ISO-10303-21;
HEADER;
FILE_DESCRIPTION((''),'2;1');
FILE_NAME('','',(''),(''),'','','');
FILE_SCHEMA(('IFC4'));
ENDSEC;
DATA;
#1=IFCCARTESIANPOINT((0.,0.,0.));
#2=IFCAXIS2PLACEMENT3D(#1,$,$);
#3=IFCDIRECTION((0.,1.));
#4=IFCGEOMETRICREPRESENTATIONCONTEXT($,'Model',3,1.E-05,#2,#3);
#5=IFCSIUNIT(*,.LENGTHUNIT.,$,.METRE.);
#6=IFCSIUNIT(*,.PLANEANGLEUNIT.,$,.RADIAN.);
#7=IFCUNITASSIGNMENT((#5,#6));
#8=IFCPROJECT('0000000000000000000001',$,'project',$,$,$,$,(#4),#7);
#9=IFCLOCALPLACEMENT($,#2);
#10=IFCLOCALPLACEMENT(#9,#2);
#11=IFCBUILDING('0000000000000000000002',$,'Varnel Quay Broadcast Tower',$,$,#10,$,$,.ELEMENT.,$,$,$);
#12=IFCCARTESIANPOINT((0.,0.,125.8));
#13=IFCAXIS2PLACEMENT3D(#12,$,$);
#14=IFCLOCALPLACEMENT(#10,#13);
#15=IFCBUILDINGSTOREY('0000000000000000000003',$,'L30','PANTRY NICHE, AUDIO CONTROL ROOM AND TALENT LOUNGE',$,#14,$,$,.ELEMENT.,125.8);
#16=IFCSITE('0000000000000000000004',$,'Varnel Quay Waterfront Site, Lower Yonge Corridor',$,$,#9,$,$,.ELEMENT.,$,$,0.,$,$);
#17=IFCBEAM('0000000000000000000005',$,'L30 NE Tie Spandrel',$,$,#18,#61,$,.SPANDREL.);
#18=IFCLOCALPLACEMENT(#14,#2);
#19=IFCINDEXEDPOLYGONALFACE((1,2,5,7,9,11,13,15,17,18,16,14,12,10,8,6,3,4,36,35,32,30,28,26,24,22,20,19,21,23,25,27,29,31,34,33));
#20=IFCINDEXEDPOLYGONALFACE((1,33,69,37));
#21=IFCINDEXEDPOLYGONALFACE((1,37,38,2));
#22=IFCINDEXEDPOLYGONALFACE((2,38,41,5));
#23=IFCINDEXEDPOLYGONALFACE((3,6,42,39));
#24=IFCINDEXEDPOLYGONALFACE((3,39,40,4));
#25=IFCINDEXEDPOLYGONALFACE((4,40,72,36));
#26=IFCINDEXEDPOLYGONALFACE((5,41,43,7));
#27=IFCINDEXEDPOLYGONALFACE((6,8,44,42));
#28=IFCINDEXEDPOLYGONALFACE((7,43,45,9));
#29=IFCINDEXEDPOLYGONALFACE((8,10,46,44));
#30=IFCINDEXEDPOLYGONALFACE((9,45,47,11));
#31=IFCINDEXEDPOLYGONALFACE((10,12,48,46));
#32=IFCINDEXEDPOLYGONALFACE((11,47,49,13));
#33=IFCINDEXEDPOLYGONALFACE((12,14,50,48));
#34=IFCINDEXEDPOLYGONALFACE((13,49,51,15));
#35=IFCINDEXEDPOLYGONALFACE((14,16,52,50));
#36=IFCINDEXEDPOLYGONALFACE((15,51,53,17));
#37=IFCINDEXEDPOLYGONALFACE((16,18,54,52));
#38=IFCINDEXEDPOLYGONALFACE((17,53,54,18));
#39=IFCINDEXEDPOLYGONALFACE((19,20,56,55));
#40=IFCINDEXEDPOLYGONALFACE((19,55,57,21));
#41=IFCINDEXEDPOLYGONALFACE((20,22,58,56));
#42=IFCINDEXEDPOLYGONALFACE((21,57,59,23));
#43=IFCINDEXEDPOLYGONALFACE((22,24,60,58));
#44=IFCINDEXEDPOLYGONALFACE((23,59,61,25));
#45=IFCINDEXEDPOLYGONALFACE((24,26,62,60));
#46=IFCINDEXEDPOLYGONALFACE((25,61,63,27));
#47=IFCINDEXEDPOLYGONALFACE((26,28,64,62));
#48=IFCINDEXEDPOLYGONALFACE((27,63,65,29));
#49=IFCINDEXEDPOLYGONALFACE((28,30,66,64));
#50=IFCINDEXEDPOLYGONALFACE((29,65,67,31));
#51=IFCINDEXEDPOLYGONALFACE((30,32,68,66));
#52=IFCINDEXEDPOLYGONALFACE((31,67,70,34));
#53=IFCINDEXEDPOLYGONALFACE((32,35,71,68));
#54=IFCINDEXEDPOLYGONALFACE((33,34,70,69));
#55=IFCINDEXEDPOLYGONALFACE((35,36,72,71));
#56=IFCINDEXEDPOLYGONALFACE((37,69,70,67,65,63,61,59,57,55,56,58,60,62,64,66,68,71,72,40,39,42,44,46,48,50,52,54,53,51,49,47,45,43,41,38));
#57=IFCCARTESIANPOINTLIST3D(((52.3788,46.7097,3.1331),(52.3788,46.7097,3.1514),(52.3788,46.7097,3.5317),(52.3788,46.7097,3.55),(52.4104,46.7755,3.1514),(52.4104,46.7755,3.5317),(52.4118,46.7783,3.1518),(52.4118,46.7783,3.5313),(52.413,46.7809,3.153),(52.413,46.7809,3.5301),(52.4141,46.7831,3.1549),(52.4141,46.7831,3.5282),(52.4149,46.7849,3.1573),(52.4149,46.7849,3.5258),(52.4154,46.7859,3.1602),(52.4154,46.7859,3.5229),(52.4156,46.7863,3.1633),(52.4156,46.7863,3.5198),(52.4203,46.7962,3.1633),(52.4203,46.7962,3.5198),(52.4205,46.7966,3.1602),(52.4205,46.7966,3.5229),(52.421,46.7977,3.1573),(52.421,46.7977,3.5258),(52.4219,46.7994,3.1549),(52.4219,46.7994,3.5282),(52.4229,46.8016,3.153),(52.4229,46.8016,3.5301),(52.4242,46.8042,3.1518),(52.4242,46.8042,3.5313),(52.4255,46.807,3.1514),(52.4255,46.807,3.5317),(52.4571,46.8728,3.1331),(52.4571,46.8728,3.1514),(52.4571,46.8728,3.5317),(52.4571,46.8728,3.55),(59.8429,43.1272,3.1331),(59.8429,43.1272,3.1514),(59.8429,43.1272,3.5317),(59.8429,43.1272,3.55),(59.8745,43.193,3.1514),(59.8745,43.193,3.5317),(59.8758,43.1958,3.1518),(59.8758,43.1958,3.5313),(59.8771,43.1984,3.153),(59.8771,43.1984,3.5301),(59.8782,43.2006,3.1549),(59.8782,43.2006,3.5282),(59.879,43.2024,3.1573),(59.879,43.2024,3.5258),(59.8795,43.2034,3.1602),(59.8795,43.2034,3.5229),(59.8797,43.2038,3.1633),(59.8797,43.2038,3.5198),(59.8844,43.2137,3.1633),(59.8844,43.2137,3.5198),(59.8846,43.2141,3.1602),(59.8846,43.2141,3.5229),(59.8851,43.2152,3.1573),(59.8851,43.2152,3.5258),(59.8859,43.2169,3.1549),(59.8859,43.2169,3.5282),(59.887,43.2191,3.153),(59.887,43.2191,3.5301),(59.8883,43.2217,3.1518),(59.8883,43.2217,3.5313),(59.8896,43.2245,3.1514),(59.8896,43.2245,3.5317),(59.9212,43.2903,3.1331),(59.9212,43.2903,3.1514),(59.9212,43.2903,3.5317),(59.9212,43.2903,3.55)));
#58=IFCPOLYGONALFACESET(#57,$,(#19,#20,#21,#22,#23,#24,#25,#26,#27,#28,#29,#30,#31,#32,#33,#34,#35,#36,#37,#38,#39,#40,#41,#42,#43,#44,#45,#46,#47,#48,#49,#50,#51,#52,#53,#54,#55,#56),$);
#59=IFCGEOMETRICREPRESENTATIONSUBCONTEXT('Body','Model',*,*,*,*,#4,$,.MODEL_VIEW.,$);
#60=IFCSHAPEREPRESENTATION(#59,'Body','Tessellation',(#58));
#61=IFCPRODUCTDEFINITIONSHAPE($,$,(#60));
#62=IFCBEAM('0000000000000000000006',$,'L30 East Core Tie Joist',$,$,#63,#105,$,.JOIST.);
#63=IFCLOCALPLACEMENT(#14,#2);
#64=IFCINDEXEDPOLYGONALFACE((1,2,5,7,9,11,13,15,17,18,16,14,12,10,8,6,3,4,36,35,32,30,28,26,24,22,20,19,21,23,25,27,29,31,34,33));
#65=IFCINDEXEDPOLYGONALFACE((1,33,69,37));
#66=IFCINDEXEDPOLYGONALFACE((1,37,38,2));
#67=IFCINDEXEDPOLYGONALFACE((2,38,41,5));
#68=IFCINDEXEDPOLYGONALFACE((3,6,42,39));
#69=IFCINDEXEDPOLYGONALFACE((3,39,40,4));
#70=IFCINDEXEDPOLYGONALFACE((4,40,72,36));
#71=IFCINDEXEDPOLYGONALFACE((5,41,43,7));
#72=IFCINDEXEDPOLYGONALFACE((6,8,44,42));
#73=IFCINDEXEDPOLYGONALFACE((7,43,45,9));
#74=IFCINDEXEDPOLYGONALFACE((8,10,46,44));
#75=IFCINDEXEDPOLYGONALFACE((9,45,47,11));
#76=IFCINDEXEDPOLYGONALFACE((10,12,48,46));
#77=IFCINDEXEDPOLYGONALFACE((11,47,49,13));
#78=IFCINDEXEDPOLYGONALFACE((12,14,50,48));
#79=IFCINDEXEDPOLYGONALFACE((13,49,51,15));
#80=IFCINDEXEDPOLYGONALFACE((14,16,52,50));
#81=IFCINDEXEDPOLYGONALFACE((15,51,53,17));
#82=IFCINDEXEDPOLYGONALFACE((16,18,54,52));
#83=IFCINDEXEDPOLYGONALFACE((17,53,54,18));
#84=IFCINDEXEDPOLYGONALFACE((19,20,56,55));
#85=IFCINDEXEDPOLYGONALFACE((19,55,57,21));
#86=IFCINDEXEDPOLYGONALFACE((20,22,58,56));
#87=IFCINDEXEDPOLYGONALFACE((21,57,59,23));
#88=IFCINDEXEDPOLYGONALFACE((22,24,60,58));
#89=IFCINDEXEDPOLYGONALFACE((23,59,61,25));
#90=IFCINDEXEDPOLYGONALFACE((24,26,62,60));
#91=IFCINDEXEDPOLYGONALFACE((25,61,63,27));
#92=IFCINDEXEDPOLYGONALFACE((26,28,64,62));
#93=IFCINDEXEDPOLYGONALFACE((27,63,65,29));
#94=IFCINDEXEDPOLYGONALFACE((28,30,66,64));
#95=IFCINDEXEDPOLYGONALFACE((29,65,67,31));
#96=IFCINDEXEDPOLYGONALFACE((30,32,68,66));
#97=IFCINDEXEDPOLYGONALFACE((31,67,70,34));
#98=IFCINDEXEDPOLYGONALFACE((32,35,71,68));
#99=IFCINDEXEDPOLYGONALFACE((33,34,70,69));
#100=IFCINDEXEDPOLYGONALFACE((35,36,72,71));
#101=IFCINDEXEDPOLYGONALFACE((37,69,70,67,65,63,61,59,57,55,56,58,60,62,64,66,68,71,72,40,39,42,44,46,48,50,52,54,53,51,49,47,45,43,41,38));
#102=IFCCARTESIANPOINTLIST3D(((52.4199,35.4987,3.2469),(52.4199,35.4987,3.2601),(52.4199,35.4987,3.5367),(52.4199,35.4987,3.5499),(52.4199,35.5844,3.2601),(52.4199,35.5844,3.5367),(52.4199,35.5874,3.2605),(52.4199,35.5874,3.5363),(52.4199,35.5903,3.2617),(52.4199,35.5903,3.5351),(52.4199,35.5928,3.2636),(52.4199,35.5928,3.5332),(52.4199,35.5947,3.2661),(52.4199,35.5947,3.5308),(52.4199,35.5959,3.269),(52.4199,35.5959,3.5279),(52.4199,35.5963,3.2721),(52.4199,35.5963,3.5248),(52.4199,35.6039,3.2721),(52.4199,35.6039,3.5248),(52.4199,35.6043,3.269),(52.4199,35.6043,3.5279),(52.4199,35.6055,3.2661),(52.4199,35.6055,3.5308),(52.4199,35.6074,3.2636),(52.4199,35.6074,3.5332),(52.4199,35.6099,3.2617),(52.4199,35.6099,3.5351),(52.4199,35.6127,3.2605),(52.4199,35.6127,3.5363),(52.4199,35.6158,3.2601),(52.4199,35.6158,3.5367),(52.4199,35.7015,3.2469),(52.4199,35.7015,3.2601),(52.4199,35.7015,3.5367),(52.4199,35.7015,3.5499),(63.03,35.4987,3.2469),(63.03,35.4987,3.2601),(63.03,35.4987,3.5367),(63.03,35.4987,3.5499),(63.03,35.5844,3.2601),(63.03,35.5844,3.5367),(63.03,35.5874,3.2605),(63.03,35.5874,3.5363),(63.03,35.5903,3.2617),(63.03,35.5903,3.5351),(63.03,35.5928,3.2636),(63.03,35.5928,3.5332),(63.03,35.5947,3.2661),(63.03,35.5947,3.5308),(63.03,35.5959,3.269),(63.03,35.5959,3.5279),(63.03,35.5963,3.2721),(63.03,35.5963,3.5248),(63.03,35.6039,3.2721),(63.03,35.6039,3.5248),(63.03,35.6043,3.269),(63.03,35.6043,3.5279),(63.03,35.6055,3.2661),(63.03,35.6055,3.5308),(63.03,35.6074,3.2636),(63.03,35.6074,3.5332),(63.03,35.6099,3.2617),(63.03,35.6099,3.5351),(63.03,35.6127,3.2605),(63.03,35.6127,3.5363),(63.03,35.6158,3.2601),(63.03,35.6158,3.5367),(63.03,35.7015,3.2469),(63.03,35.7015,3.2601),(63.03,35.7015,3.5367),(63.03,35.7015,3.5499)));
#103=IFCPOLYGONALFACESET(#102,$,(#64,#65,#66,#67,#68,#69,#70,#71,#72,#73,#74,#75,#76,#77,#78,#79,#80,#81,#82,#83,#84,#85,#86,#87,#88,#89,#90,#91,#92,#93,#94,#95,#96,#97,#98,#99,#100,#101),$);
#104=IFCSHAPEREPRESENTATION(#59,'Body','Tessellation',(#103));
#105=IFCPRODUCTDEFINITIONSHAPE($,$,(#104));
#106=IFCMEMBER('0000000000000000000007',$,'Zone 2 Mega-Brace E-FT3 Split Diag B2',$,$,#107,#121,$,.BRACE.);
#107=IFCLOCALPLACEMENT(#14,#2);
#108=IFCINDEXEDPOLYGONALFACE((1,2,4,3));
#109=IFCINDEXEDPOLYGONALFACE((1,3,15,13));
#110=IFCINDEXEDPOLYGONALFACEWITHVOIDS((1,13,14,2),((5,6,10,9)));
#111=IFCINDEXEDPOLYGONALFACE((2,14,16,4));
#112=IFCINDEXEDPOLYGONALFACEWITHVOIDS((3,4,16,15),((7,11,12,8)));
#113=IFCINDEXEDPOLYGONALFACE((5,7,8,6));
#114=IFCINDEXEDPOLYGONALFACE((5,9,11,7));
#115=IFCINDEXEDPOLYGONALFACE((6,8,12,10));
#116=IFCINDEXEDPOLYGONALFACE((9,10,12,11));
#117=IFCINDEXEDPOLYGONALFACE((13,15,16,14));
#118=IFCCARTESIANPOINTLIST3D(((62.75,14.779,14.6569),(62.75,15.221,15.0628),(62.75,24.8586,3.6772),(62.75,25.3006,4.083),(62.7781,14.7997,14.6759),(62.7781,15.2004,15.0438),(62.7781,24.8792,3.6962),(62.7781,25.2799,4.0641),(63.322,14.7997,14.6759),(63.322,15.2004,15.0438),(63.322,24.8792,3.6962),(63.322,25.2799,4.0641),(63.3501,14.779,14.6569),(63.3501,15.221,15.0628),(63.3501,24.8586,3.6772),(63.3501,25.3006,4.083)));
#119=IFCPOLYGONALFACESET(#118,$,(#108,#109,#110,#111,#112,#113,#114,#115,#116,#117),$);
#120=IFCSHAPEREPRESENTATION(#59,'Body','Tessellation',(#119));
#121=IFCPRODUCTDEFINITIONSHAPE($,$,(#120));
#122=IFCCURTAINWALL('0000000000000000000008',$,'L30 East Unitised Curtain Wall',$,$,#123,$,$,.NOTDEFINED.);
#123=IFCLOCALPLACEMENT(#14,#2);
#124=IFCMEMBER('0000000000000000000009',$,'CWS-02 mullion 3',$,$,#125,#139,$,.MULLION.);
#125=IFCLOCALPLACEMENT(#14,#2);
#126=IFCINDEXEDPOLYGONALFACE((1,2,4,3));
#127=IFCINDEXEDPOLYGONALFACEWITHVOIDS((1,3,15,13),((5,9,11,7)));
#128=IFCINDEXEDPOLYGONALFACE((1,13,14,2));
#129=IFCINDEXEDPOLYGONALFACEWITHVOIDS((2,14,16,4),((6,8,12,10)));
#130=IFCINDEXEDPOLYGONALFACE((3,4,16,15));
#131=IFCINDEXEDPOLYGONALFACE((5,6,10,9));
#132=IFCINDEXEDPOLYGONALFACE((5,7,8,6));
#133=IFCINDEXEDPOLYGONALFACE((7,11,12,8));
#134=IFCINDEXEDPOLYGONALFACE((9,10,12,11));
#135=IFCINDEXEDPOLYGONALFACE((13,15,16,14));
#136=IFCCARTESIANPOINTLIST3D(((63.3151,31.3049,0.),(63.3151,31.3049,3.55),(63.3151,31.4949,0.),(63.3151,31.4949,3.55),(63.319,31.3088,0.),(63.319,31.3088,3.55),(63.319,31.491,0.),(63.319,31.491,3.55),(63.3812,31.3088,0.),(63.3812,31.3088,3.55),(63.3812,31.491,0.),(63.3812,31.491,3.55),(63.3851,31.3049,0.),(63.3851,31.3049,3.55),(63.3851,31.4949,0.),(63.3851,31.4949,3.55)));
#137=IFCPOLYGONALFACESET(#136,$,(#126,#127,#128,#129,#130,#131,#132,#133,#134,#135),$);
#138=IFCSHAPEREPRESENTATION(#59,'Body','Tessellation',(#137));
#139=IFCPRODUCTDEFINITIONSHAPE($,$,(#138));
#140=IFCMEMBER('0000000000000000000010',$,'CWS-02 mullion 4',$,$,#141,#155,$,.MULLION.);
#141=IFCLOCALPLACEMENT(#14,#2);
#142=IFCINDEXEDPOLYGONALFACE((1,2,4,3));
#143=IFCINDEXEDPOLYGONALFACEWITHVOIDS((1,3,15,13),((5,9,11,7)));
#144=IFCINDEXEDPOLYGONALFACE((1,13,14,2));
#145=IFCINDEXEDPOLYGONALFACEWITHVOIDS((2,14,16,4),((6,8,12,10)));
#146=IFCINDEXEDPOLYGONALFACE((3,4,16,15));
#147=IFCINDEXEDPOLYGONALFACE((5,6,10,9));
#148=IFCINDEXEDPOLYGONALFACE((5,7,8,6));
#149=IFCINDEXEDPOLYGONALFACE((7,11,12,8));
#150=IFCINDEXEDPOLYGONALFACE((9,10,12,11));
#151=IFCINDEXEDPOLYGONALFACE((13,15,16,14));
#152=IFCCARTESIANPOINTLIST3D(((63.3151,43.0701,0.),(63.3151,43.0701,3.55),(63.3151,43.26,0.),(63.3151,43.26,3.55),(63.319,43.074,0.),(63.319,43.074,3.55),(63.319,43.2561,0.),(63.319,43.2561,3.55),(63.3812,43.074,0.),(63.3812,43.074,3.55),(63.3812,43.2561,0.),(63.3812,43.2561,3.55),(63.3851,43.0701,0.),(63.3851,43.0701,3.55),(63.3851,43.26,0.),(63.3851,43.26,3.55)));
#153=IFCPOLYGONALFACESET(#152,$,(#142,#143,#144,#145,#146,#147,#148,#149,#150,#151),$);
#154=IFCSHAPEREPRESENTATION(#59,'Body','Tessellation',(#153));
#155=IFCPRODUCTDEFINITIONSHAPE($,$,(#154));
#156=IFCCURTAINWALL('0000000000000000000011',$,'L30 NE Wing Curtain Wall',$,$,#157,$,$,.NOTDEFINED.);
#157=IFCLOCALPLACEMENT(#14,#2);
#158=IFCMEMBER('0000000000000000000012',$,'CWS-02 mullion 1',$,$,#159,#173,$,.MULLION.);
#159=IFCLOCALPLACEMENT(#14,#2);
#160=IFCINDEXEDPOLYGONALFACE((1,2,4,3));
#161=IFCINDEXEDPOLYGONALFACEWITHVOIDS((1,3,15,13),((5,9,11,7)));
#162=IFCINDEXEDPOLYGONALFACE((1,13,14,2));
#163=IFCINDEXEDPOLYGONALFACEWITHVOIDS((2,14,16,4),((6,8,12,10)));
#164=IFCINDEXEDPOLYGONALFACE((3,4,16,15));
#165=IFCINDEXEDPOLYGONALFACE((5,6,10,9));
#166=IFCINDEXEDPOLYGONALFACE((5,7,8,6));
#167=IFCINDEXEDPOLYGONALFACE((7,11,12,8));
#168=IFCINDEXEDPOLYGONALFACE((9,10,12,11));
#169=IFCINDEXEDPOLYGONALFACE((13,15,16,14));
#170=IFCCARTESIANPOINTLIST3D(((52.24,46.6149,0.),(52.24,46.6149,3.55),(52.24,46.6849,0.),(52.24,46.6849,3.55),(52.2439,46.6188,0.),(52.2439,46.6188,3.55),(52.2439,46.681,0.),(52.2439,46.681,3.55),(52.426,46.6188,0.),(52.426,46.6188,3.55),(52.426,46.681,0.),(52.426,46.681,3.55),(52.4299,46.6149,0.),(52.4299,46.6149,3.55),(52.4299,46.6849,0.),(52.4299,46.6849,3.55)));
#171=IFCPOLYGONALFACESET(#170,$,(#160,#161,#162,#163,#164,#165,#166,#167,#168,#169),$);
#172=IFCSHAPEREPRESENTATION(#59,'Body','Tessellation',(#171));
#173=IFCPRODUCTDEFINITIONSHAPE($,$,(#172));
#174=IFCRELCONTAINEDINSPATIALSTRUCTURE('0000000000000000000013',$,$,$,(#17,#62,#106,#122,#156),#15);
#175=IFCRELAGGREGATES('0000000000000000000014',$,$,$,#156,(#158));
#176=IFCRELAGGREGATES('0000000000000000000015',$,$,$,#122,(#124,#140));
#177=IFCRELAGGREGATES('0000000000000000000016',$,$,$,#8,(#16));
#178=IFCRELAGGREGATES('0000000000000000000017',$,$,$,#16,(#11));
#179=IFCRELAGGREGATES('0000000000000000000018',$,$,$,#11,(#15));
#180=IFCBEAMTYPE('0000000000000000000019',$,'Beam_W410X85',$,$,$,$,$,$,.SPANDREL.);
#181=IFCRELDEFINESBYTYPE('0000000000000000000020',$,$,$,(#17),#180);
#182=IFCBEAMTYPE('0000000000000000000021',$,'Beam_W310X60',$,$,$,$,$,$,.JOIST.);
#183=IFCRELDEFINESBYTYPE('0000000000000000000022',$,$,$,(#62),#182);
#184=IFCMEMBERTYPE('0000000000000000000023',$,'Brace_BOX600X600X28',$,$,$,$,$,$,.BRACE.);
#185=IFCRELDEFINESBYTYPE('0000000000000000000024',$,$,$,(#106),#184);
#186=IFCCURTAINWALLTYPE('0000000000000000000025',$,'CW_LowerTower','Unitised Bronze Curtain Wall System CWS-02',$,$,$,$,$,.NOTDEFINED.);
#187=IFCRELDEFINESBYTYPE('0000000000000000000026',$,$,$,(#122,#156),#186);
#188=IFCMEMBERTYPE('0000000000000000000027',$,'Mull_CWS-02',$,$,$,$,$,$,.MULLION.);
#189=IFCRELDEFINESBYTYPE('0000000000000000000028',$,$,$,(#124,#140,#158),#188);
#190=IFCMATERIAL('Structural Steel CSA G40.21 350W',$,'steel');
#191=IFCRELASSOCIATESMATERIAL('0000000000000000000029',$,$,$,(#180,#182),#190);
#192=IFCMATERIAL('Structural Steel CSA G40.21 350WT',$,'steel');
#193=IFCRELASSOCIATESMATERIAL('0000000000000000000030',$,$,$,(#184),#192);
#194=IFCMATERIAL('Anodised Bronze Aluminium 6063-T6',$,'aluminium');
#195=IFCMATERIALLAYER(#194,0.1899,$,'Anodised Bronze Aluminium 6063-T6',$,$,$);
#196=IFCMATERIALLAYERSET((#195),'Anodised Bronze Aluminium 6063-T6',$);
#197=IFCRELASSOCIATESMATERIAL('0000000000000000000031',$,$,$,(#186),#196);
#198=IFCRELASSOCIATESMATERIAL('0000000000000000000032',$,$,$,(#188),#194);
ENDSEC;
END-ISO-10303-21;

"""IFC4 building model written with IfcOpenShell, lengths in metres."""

from ifc_helpers import new_model, si_unit, direction, frame, origin, origin_2d, place, context, subcontext, project, spatial, hollow_rectangle, i_section, extrude, source, transform, mapped, material, layer, layer_set, material_profile, profile_set, type_object, type_shapes, element, aggregate, save


model = new_model("IFC4")

# Units and contexts
model_context = context("Model", 3, precision=1e-05, world=origin(), true_north=direction((0.0, 1.0)))
body_context = subcontext(model_context, "Body", "Model", "MODEL_VIEW")
ifc_project = project(units=[si_unit("LENGTHUNIT", "METRE"), si_unit("PLANEANGLEUNIT", "RADIAN")], contexts=[model_context])

# Site, building, storey
site_placement = place(None, origin())
site = spatial("IfcSite", under=ifc_project, at=site_placement, Name="Varnel Quay Waterfront Site, Lower Yonge Corridor", CompositionType="ELEMENT", RefElevation=0.0)
building_placement = place(site_placement, origin())
building = spatial("IfcBuilding", under=site, at=building_placement, Name="Varnel Quay Broadcast Tower", CompositionType="ELEMENT")
storey_placement = place(building_placement, frame((0.0, 0.0, 125.8)))
storey = spatial("IfcBuildingStorey", under=building, at=storey_placement, Name="L30", Description="PANTRY NICHE, AUDIO CONTROL ROOM AND TALENT LOUNGE", CompositionType="ELEMENT", Elevation=125.8)

# Shared definitions
ifc_material_1 = material(Name="Structural Steel CSA G40.21 350WT", Category="steel")
ifc_material_2 = material(Name="Structural Steel CSA G40.21 350W", Category="steel")

# Beams
ifc_material_profile_1 = material_profile(ifc_material_2, i_section(OverallWidth=0.1809, OverallDepth=0.417, WebThickness=0.011, FlangeThickness=0.0183, FilletRadius=0.012, at=origin_2d()), Name="W410X85")
ifc_profile_set_1 = profile_set([ifc_material_profile_1], Name="Structural Steel CSA G40.21 350W")
beam_type_1 = type_object("IfcBeamType", Name="Beam_W410X85", PredefinedType="SPANDREL", material=ifc_profile_set_1)
shared_shape_1 = source(origin(), body_context, "Body", "SweptSolid", [
    extrude(i_section(OverallWidth=0.1809, OverallDepth=0.417, WebThickness=0.011, FlangeThickness=0.0183, FilletRadius=0.012, at=origin_2d()), origin(), (0.0, 0.0, 1.0), 8.2793),
])
beam_1_placement = place(storey_placement, frame((52.418, 46.7913, 3.3416), z_axis=(0.901535, -0.432706, 0.0), x_axis=(0.432706, 0.901535, 0.0)))
element("IfcBeam", 1, at=beam_1_placement, inside=storey, type_object=beam_type_1, Name="L30 NE Tie Spandrel", PredefinedType="SPANDREL", context=body_context, shape_type="MappedRepresentation", body=[
    mapped(shared_shape_1, transform((0.0, 0.0, 0.0), x_axis=(1.0, 0.0, 0.0), y_axis=(0.0, 1.0, 0.0), z_axis=(0.0, 0.0, 1.0), scale=1.0)),
])
ifc_material_profile_2 = material_profile(ifc_material_2, i_section(OverallWidth=0.2029, OverallDepth=0.303, WebThickness=0.0076, FlangeThickness=0.0132, FilletRadius=0.012, at=origin_2d()), Name="W310X60")
ifc_profile_set_2 = profile_set([ifc_material_profile_2], Name="Structural Steel CSA G40.21 350W")
beam_type_2 = type_object("IfcBeamType", Name="Beam_W310X60", PredefinedType="JOIST", material=ifc_profile_set_2)
shared_shape_2 = source(origin(), body_context, "Body", "SweptSolid", [
    extrude(i_section(OverallWidth=0.2029, OverallDepth=0.303, WebThickness=0.0076, FlangeThickness=0.0132, FilletRadius=0.012, at=origin_2d()), origin(), (0.0, 0.0, 1.0), 10.6101),
])
type_shapes(beam_type_2, [shared_shape_2])
beam_2_placement = place(storey_placement, frame((52.4199, 35.6001, 3.3984), z_axis=(1.0, 0.0, 0.0), x_axis=(0.0, 1.0, 0.0)))
element("IfcBeam", 2, at=beam_2_placement, inside=storey, type_object=beam_type_2, Name="L30 East Core Tie Joist", PredefinedType="JOIST", context=body_context, shape_type="MappedRepresentation", body=[
    mapped(shared_shape_2, transform((0.0, 0.0, 0.0), x_axis=(1.0, 0.0, 0.0), y_axis=(0.0, 1.0, 0.0), z_axis=(0.0, 0.0, 1.0), scale=1.0)),
])

# Member
ifc_material_profile_3 = material_profile(ifc_material_1, hollow_rectangle(XDim=0.6001, YDim=0.6001, WallThickness=0.0281, at=origin_2d()), Name="BOX600X600X28")
ifc_profile_set_3 = profile_set([ifc_material_profile_3], Name="Structural Steel CSA G40.21 350WT")
member_type_1 = type_object("IfcMemberType", Name="Brace_BOX600X600X28", PredefinedType="BRACE", material=ifc_profile_set_3)
shared_shape_3 = source(origin(), body_context, "Body", "SweptSolid", [
    extrude(hollow_rectangle(XDim=0.6001, YDim=0.6001, WallThickness=0.0281, at=origin_2d()), origin(), (0.0, 0.0, 1.0), 14.9048),
])
type_shapes(member_type_1, [shared_shape_3])
member_1_placement = place(storey_placement, frame((63.05, 25.0796, 3.8801), z_axis=(0.0, -0.676265, 0.736658), x_axis=(1.0, 0.0, 0.0)))
element("IfcMember", 3, at=member_1_placement, inside=storey, type_object=member_type_1, Name="Zone 2 Mega-Brace E-FT3 Split Diag B2", PredefinedType="BRACE", context=body_context, shape_type="MappedRepresentation", body=[
    mapped(shared_shape_3, transform((0.0, 0.0, 0.0), x_axis=(1.0, 0.0, 0.0), y_axis=(0.0, 1.0, 0.0), z_axis=(0.0, 0.0, 1.0), scale=1.0)),
])

# Curtain walls, members
ifc_material_3 = material(Name="Anodised Bronze Aluminium 6063-T6", Category="aluminium")
ifc_layer_1 = layer(ifc_material_3, 0.1899, Name="Anodised Bronze Aluminium 6063-T6")
ifc_layer_set_1 = layer_set([ifc_layer_1], Name="Anodised Bronze Aluminium 6063-T6")
curtain_wall_type = type_object("IfcCurtainWallType", Name="CW_LowerTower", Description="Unitised Bronze Curtain Wall System CWS-02", PredefinedType="NOTDEFINED", material=ifc_layer_set_1)
curtain_wall_1_placement = place(storey_placement, origin())
curtain_wall_1 = element("IfcCurtainWall", 4, at=curtain_wall_1_placement, inside=storey, type_object=curtain_wall_type, Name="L30 East Unitised Curtain Wall", PredefinedType="NOTDEFINED")
ifc_material_profile_4 = material_profile(ifc_material_3, hollow_rectangle(XDim=0.0701, YDim=0.1899, WallThickness=0.0039, at=origin_2d()), Name="ALU70X190X4")
ifc_profile_set_4 = profile_set([ifc_material_profile_4], Name="Anodised Bronze Aluminium 6063-T6")
member_type_2 = type_object("IfcMemberType", Name="Mull_CWS-02", PredefinedType="MULLION", material=ifc_profile_set_4)
shared_shape_4 = source(origin(), body_context, "Body", "SweptSolid", [
    extrude(hollow_rectangle(XDim=0.0701, YDim=0.1899, WallThickness=0.0039, at=origin_2d()), origin(), (0.0, 0.0, 1.0), 3.55),
])
type_shapes(member_type_2, [shared_shape_4])
member_2_placement = place(storey_placement, frame((63.3501, 31.3999, 0.0), z_axis=(0.0, 0.0, 1.0), x_axis=(-1.0, 0.0, 0.0)))
member_2 = element("IfcMember", 5, at=member_2_placement, type_object=member_type_2, Name="CWS-02 mullion 3", PredefinedType="MULLION", context=body_context, shape_type="MappedRepresentation", body=[
    mapped(shared_shape_4, transform((0.0, 0.0, 0.0), x_axis=(1.0, 0.0, 0.0), y_axis=(0.0, 1.0, 0.0), z_axis=(0.0, 0.0, 1.0), scale=1.0)),
])
member_3_placement = place(storey_placement, frame((63.3501, 43.165, 0.0), z_axis=(0.0, 0.0, 1.0), x_axis=(-1.0, 0.0, 0.0)))
member_3 = element("IfcMember", 6, at=member_3_placement, type_object=member_type_2, Name="CWS-02 mullion 4", PredefinedType="MULLION", context=body_context, shape_type="MappedRepresentation", body=[
    mapped(shared_shape_4, transform((0.0, 0.0, 0.0), x_axis=(1.0, 0.0, 0.0), y_axis=(0.0, 1.0, 0.0), z_axis=(0.0, 0.0, 1.0), scale=1.0)),
])
curtain_wall_2_placement = place(storey_placement, origin())
curtain_wall_2 = element("IfcCurtainWall", 7, at=curtain_wall_2_placement, inside=storey, type_object=curtain_wall_type, Name="L30 NE Wing Curtain Wall", PredefinedType="NOTDEFINED")
member_4_placement = place(storey_placement, frame((52.335, 46.6499, 0.0), z_axis=(0.0, 0.0, 1.0), x_axis=(0.0, 1.0, 0.0)))
member_4 = element("IfcMember", 8, at=member_4_placement, type_object=member_type_2, Name="CWS-02 mullion 1", PredefinedType="MULLION", context=body_context, shape_type="MappedRepresentation", body=[
    mapped(shared_shape_4, transform((0.0, 0.0, 0.0), x_axis=(1.0, 0.0, 0.0), y_axis=(0.0, 1.0, 0.0), z_axis=(0.0, 0.0, 1.0), scale=1.0)),
])

aggregate(curtain_wall_2, [member_4])
aggregate(curtain_wall_1, [member_2, member_3])

save(model, "model.ifc")
